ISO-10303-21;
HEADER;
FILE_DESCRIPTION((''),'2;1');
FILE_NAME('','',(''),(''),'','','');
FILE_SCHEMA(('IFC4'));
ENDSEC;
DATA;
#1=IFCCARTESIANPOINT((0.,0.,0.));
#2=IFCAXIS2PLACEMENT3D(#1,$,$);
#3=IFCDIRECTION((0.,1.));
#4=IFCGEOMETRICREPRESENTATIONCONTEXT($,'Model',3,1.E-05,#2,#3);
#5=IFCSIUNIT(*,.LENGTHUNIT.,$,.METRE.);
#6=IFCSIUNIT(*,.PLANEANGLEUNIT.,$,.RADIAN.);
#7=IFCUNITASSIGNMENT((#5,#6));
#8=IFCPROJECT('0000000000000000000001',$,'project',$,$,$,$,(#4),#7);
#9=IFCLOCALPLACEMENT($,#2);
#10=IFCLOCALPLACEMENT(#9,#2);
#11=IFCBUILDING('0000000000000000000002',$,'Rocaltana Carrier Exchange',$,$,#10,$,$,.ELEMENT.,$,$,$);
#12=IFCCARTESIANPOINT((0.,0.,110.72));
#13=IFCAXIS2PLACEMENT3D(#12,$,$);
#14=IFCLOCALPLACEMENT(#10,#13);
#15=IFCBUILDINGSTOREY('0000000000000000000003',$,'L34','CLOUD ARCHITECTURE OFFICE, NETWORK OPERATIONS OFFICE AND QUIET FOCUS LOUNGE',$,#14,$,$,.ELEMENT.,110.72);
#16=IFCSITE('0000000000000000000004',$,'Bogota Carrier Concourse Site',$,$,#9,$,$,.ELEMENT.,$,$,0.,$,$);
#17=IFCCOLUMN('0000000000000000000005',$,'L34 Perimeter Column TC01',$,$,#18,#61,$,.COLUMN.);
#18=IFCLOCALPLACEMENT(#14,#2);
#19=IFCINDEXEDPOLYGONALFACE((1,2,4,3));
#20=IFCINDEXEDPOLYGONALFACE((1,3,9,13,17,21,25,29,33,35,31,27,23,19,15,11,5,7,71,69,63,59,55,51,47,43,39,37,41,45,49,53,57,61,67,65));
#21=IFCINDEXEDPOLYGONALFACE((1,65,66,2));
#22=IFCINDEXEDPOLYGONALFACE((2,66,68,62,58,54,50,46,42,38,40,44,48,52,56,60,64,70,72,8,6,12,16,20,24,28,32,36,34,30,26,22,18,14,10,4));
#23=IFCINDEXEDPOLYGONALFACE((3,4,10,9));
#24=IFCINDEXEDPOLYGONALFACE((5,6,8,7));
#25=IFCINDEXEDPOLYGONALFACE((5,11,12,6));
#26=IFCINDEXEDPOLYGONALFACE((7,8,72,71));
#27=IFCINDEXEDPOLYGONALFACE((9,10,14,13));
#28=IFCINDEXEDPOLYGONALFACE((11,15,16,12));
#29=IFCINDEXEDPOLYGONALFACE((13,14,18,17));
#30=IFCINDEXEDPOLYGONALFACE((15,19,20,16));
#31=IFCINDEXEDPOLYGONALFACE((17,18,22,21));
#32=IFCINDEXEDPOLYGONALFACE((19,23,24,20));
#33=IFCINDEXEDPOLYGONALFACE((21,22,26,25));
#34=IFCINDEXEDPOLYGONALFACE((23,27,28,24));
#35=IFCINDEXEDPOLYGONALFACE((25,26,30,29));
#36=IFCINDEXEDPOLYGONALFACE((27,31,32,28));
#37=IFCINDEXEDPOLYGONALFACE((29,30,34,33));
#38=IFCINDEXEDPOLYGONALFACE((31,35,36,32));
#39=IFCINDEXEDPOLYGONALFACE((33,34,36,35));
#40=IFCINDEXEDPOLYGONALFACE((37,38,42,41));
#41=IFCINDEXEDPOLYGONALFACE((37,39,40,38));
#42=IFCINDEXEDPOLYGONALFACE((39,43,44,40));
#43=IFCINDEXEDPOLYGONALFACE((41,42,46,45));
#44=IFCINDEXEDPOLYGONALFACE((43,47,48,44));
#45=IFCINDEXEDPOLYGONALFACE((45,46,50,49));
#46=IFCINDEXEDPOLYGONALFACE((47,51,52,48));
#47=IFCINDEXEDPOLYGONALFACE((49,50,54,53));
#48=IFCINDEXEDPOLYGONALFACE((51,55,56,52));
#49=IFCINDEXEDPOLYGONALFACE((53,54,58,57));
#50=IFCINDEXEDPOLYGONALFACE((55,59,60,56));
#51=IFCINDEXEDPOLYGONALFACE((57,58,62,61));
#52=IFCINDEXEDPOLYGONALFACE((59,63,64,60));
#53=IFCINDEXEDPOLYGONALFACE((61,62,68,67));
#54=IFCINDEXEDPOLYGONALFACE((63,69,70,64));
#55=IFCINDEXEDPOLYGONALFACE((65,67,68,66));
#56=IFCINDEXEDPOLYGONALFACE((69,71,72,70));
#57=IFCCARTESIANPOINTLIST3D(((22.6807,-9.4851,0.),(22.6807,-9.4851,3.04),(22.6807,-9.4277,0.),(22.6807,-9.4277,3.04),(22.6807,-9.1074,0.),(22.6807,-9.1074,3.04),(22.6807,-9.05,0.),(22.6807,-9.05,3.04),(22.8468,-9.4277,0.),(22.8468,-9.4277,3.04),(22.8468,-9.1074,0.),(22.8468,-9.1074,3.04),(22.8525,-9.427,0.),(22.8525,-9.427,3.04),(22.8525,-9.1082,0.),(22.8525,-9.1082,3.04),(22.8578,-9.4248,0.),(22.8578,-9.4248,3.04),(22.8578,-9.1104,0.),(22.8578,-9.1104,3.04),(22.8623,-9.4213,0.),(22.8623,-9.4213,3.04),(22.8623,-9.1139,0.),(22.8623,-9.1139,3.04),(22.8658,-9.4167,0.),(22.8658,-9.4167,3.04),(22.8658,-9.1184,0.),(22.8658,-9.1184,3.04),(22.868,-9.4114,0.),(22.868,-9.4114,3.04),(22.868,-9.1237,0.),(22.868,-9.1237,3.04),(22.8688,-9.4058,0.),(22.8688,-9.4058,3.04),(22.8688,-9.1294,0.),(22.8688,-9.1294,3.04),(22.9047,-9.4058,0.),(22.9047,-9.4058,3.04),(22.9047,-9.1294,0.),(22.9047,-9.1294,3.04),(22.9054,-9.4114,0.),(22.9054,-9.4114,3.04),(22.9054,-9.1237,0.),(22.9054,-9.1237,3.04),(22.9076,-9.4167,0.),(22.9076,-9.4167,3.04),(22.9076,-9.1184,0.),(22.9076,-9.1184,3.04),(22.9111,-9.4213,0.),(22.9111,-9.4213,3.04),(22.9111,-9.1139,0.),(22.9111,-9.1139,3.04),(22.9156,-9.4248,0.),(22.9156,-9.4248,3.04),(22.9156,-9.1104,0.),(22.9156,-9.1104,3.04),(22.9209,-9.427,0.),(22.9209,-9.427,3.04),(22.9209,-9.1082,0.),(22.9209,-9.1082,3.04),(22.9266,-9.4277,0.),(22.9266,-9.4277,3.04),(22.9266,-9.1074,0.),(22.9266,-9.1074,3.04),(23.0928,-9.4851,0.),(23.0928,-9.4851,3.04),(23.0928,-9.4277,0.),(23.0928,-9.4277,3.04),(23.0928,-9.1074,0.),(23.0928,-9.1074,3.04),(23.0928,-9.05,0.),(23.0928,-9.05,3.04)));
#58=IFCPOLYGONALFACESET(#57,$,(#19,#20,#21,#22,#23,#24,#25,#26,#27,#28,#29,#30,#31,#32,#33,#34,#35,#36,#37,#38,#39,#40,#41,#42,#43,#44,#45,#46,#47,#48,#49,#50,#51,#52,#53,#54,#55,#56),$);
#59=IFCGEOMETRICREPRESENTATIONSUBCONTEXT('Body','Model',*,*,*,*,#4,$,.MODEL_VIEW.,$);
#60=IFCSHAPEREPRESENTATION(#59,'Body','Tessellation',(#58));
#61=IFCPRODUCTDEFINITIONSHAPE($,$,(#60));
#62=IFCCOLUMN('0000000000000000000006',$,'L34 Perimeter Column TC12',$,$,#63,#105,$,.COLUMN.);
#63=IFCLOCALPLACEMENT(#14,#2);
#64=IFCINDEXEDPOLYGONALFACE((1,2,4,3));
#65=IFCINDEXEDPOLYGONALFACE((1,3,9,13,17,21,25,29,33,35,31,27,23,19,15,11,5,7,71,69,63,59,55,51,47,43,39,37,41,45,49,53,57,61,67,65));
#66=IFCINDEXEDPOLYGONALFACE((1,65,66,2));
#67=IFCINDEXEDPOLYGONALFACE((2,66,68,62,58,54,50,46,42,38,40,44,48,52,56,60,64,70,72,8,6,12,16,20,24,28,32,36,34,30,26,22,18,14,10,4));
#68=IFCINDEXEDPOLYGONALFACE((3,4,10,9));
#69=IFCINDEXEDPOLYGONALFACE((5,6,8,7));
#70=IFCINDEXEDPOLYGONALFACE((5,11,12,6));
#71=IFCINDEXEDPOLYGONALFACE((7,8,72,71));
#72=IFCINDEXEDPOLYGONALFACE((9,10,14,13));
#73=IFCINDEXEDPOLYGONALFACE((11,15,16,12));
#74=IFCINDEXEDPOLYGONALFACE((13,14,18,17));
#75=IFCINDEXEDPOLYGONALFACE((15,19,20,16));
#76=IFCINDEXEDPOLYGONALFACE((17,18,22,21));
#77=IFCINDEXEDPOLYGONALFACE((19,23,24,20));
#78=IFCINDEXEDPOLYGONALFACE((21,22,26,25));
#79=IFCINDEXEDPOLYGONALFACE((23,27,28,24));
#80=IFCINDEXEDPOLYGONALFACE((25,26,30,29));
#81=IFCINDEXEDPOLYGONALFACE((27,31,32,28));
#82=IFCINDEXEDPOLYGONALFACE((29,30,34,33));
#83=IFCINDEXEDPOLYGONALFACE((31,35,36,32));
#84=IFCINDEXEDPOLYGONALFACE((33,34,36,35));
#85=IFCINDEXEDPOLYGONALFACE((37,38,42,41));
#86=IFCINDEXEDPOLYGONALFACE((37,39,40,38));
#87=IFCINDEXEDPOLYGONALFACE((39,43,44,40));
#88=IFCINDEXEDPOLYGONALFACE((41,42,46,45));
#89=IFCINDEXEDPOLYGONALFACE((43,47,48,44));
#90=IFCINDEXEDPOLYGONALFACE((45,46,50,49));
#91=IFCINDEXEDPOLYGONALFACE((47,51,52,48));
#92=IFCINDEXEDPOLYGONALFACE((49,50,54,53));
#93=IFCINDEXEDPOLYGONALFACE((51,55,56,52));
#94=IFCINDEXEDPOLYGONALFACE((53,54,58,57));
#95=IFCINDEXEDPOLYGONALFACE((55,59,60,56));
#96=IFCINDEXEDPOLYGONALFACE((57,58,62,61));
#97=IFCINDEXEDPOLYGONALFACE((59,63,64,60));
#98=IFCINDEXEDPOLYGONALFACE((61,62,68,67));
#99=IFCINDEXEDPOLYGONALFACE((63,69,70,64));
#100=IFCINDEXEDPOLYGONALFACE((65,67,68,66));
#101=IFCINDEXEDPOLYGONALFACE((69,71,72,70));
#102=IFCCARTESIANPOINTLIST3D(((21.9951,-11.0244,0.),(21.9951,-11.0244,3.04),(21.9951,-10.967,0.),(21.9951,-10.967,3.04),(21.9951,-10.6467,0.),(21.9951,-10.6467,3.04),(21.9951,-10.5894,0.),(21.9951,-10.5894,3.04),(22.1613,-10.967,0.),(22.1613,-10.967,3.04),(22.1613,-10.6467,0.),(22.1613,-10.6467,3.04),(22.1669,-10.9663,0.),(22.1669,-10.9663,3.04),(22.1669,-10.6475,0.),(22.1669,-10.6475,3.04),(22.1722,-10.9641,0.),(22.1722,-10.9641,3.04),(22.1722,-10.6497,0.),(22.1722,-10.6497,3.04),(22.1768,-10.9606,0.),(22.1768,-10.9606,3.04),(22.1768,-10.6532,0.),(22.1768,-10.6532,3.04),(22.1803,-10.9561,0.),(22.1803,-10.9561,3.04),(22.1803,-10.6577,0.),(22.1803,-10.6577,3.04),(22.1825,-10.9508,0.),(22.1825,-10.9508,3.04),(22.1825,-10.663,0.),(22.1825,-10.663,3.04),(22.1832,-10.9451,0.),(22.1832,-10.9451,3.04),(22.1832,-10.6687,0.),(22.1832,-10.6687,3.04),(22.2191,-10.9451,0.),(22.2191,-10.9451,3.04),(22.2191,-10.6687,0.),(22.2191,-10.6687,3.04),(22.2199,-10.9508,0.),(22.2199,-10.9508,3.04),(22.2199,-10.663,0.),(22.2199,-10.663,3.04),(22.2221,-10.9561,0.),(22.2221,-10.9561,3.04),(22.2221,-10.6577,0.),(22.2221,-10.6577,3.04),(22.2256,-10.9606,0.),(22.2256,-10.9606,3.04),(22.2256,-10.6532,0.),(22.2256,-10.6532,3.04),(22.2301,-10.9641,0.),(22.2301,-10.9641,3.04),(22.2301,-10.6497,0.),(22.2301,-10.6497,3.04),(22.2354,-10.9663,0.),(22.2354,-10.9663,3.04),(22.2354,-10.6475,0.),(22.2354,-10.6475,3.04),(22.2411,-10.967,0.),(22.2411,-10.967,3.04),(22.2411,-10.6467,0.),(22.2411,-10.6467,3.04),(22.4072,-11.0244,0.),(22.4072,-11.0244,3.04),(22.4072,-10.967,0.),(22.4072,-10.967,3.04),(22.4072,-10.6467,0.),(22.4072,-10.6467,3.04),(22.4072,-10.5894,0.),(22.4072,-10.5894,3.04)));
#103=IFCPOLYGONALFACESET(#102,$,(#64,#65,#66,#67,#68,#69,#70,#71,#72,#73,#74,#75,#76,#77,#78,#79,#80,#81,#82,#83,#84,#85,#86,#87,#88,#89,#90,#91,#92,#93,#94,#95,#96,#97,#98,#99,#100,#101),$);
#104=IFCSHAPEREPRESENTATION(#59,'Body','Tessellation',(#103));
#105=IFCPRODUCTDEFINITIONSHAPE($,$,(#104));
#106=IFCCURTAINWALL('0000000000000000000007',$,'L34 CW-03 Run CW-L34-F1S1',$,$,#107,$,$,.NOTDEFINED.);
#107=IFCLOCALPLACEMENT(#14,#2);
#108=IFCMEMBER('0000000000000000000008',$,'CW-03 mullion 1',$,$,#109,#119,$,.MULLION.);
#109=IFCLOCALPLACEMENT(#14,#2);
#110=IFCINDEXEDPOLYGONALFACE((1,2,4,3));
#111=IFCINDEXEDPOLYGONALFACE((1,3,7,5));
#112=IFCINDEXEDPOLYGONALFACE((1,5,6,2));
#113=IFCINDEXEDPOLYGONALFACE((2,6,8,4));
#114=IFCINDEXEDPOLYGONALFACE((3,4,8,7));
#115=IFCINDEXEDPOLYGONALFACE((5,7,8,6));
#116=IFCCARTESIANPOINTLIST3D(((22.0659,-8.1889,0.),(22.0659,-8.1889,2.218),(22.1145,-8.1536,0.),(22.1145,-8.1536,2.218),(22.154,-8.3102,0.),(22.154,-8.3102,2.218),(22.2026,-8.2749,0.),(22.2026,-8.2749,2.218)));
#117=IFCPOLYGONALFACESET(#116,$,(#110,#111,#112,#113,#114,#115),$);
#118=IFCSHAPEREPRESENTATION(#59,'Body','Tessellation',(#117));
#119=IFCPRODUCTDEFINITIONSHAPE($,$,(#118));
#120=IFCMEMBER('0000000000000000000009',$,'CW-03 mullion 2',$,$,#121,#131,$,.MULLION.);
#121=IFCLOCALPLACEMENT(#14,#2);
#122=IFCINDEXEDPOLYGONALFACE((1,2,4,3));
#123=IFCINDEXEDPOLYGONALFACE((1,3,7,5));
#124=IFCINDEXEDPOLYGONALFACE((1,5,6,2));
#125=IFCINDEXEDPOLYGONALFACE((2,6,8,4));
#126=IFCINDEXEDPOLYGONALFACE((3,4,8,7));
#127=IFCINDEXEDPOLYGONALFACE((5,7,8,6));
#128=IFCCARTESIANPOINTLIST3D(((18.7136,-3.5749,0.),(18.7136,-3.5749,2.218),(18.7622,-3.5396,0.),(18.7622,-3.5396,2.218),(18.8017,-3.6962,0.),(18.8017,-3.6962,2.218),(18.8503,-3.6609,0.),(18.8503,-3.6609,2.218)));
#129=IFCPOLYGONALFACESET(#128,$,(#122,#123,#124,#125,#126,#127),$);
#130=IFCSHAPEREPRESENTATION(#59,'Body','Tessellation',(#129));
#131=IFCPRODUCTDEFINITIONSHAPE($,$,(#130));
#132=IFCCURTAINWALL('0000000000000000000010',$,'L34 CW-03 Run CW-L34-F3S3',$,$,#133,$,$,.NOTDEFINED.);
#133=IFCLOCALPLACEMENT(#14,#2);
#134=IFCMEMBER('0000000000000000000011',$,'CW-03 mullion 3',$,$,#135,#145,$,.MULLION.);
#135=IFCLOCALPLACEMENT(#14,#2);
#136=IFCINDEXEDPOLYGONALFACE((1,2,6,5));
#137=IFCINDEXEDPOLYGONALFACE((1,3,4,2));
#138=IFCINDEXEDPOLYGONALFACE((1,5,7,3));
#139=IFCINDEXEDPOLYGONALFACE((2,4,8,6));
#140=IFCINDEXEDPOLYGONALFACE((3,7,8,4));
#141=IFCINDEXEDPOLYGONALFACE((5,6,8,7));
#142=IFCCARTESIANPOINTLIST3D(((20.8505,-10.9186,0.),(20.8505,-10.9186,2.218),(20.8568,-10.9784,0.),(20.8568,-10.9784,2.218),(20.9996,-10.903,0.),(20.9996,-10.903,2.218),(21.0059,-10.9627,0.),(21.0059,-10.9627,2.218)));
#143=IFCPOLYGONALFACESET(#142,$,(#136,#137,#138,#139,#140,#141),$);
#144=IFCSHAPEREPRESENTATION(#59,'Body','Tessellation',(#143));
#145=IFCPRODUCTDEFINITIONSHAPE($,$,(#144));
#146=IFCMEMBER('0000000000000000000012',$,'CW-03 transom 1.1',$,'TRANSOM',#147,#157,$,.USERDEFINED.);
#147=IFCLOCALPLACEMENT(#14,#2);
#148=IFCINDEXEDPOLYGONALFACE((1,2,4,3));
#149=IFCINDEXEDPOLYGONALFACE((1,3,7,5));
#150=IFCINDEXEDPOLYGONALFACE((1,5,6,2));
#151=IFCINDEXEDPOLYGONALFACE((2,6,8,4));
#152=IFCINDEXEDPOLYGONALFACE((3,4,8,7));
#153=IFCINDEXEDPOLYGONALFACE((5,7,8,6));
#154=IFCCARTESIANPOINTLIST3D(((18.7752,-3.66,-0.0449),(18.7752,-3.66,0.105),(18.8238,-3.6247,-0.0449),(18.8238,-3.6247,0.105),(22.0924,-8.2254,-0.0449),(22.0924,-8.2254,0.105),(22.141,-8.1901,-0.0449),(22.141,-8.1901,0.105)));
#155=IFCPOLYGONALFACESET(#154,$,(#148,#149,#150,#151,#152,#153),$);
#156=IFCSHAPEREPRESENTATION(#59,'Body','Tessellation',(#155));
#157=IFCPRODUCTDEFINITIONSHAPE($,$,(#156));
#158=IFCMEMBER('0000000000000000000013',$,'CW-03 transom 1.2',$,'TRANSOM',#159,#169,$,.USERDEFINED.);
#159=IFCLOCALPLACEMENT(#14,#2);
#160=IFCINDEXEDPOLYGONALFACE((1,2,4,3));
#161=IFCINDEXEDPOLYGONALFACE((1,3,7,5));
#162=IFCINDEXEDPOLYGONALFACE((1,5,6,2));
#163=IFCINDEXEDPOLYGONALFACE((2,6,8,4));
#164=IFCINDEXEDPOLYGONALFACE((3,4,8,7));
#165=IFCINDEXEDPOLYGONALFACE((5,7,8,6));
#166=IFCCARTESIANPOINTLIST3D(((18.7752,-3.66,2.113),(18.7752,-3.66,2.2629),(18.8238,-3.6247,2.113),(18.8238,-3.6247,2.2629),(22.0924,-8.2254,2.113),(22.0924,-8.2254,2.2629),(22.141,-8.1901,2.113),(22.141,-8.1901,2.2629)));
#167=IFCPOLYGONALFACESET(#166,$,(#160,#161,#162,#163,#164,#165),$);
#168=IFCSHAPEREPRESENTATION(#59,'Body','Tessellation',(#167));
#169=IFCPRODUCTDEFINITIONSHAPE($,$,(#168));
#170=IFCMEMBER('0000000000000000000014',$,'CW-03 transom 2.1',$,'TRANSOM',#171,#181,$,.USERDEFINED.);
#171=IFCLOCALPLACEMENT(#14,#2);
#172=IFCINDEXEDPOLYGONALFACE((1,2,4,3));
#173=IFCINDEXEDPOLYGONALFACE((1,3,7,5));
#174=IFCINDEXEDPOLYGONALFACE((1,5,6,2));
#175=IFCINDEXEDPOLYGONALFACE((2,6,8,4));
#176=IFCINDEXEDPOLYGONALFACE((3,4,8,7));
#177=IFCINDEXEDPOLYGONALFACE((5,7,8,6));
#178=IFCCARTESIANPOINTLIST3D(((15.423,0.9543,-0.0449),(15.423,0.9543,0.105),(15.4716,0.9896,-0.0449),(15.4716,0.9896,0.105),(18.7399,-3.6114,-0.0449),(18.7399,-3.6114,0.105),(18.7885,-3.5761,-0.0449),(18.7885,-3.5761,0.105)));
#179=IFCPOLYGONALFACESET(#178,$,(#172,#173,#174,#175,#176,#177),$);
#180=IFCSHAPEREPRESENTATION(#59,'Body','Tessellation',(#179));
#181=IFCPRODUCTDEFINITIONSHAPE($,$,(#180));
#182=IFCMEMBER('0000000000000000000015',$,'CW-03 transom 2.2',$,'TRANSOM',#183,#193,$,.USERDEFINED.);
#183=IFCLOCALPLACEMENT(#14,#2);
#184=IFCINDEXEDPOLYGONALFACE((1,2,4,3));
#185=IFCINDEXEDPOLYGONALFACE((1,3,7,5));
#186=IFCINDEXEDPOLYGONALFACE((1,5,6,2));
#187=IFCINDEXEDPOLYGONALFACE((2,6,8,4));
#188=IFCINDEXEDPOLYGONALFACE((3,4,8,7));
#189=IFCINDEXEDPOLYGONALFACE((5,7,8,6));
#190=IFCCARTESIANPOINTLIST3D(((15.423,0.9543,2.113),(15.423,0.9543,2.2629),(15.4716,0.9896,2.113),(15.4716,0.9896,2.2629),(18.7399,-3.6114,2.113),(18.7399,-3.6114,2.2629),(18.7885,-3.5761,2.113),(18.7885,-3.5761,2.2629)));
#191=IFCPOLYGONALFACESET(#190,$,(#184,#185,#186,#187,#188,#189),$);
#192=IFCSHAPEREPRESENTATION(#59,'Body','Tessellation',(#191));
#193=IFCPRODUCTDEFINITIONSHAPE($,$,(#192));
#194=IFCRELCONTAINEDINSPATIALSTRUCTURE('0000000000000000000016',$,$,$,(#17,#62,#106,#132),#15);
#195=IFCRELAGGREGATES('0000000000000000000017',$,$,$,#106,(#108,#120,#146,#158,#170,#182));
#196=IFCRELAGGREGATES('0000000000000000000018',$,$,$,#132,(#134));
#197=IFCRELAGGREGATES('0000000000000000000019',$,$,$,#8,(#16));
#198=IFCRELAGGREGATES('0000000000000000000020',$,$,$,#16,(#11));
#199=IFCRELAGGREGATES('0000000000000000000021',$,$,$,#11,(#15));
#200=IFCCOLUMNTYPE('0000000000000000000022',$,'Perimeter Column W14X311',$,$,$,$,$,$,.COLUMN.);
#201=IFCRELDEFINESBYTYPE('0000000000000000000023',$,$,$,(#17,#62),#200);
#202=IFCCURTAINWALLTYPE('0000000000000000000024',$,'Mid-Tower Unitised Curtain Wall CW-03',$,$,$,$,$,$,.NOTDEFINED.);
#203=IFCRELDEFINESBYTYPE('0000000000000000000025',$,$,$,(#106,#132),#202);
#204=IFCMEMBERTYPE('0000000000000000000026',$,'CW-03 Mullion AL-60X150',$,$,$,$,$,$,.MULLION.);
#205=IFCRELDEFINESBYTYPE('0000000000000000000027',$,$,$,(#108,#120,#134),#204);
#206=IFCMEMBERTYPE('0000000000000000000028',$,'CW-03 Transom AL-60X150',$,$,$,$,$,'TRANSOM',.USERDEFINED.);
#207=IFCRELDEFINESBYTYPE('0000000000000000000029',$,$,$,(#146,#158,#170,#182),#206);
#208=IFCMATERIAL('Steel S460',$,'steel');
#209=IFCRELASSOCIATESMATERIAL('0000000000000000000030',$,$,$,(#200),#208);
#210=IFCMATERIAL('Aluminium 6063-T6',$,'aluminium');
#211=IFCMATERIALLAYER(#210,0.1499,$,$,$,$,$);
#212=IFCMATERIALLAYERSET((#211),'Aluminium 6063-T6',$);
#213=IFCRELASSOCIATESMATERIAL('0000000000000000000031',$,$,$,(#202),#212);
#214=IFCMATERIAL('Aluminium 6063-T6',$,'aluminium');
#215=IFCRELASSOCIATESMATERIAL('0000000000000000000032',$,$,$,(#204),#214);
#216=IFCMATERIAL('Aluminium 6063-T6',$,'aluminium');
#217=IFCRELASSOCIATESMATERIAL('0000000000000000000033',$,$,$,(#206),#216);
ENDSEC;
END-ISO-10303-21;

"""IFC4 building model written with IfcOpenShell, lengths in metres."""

from ifc_helpers import new_model, si_unit, direction, frame, origin, origin_2d, place, context, subcontext, project, spatial, rectangle, i_section, extrude, material, layer, layer_set, material_profile, profile_set, type_object, element, aggregate, save


model = new_model("IFC4")

# Units and contexts
model_context = context("Model", 3, precision=1e-05, world=origin(), true_north=direction((0.0, 1.0)))
body_context = subcontext(model_context, "Body", "Model", "MODEL_VIEW")
ifc_project = project(units=[si_unit("LENGTHUNIT", "METRE"), si_unit("PLANEANGLEUNIT", "RADIAN")], contexts=[model_context])

# Site, building, storey
site_placement = place(None, origin())
site = spatial("IfcSite", under=ifc_project, at=site_placement, Name="Bogota Carrier Concourse Site", CompositionType="ELEMENT", RefElevation=0.0)
building_placement = place(site_placement, origin())
building = spatial("IfcBuilding", under=site, at=building_placement, Name="Rocaltana Carrier Exchange", CompositionType="ELEMENT")
storey_placement = place(building_placement, frame((0.0, 0.0, 110.72)))
storey = spatial("IfcBuildingStorey", under=building, at=storey_placement, Name="L34", Description="CLOUD ARCHITECTURE OFFICE, NETWORK OPERATIONS OFFICE AND QUIET FOCUS LOUNGE", CompositionType="ELEMENT", Elevation=110.72)

# Columns
ifc_material_1 = material(Name="Steel S460", Category="steel")
ifc_material_profile_1 = material_profile(ifc_material_1, i_section(OverallWidth=0.4121, OverallDepth=0.4351, WebThickness=0.0359, FlangeThickness=0.0574, FilletRadius=0.022, at=origin_2d()), Name="W14X311")
ifc_profile_set_1 = profile_set([ifc_material_profile_1], Name="Steel S460")
column_type = type_object("IfcColumnType", Name="Perimeter Column W14X311", PredefinedType="COLUMN", material=ifc_profile_set_1)
for number, where, z_axis, x_axis, name in (
    (1, (22.8867, -9.2676, 0.0), (0.0, 0.0, 1.0), (1.0, 0.0, 0.0), "L34 Perimeter Column TC01"),
    (2, (22.2012, -10.8069, 0.0), (0.0, 0.0, 1.0), (1.0, 0.0, 0.0), "L34 Perimeter Column TC12"),
):
    element("IfcColumn", number, at=place(storey_placement, frame(where, z_axis=z_axis, x_axis=x_axis)), inside=storey, type_object=column_type, Name=name, PredefinedType="COLUMN", context=body_context, shape_type="SweptSolid", body=[
        extrude(i_section(OverallWidth=0.4121, OverallDepth=0.4351, WebThickness=0.0359, FlangeThickness=0.0574, FilletRadius=0.022, at=origin_2d()), origin(), (0.0, 0.0, 1.0), 3.04),
    ])

# Curtain wall, members
ifc_material_2 = material(Name="Aluminium 6063-T6", Category="aluminium")
ifc_layer_1 = layer(ifc_material_2, 0.1499)
ifc_layer_set_1 = layer_set([ifc_layer_1], Name="Aluminium 6063-T6")
curtain_wall_type = type_object("IfcCurtainWallType", Name="Mid-Tower Unitised Curtain Wall CW-03", PredefinedType="NOTDEFINED", material=ifc_layer_set_1)
curtain_wall_1_placement = place(storey_placement, origin())
curtain_wall_1 = element("IfcCurtainWall", 3, at=curtain_wall_1_placement, inside=storey, type_object=curtain_wall_type, Name="L34 CW-03 Run CW-L34-F1S1", PredefinedType="NOTDEFINED")
ifc_material_3 = material(Name="Aluminium 6063-T6", Category="aluminium")
ifc_material_profile_2 = material_profile(ifc_material_3, rectangle(XDim=0.0601, YDim=0.1499, at=origin_2d()), Name="AL-60X150")
ifc_profile_set_2 = profile_set([ifc_material_profile_2], Name="Aluminium 6063-T6")
member_type_1 = type_object("IfcMemberType", Name="CW-03 Mullion AL-60X150", PredefinedType="MULLION", material=ifc_profile_set_2)
member_1_placement = place(storey_placement, frame((22.1343, -8.2319, 0.0), z_axis=(0.0, 0.0, 1.0), x_axis=(-0.809014, -0.58779, 0.0)))
member_1 = element("IfcMember", 4, at=member_1_placement, type_object=member_type_1, Name="CW-03 mullion 1", PredefinedType="MULLION", context=body_context, shape_type="SweptSolid", body=[
    extrude(rectangle(XDim=0.0601, YDim=0.1499, at=origin_2d()), origin(), (0.0, 0.0, 1.0), 2.218),
])
member_2_placement = place(storey_placement, frame((18.782, -3.6179, 0.0), z_axis=(0.0, 0.0, 1.0), x_axis=(-0.809014, -0.58779, 0.0)))
member_2 = element("IfcMember", 5, at=member_2_placement, type_object=member_type_1, Name="CW-03 mullion 2", PredefinedType="MULLION", context=body_context, shape_type="SweptSolid", body=[
    extrude(rectangle(XDim=0.0601, YDim=0.1499, at=origin_2d()), origin(), (0.0, 0.0, 1.0), 2.218),
])

# Curtain wall, member
curtain_wall_2_placement = place(storey_placement, origin())
curtain_wall_2 = element("IfcCurtainWall", 6, at=curtain_wall_2_placement, inside=storey, type_object=curtain_wall_type, Name="L34 CW-03 Run CW-L34-F3S3", PredefinedType="NOTDEFINED")
member_3_placement = place(storey_placement, frame((20.9282, -10.9407, 0.0), z_axis=(0.0, 0.0, 1.0), x_axis=(-0.104522, 0.994523, 0.0)))
member_3 = element("IfcMember", 7, at=member_3_placement, type_object=member_type_1, Name="CW-03 mullion 3", PredefinedType="MULLION", context=body_context, shape_type="SweptSolid", body=[
    extrude(rectangle(XDim=0.0601, YDim=0.1499, at=origin_2d()), origin(), (0.0, 0.0, 1.0), 2.218),
])

# Members
ifc_material_4 = material(Name="Aluminium 6063-T6", Category="aluminium")
ifc_material_profile_3 = material_profile(ifc_material_4, rectangle(XDim=0.0601, YDim=0.1499, at=origin_2d()), Name="AL-60X150")
ifc_profile_set_3 = profile_set([ifc_material_profile_3], Name="Aluminium 6063-T6")
member_type_2 = type_object("IfcMemberType", Name="CW-03 Transom AL-60X150", ElementType="TRANSOM", PredefinedType="USERDEFINED", material=ifc_profile_set_3)
member_4_placement = place(storey_placement, frame((22.1167, -8.2078, 0.03), z_axis=(-0.587804, 0.809004, 0.0), x_axis=(-0.809004, -0.587804, 0.0)))
member_4 = element("IfcMember", 8, at=member_4_placement, type_object=member_type_2, Name="CW-03 transom 1.1", ObjectType="TRANSOM", PredefinedType="USERDEFINED", context=body_context, shape_type="SweptSolid", body=[
    extrude(rectangle(XDim=0.0601, YDim=0.1499, at=origin_2d()), origin(), (0.0, 0.0, 1.0), 5.6433),
])
member_5_placement = place(storey_placement, frame((22.1167, -8.2078, 2.188), z_axis=(-0.587804, 0.809004, 0.0), x_axis=(-0.809004, -0.587804, 0.0)))
member_5 = element("IfcMember", 9, at=member_5_placement, type_object=member_type_2, Name="CW-03 transom 1.2", ObjectType="TRANSOM", PredefinedType="USERDEFINED", context=body_context, shape_type="SweptSolid", body=[
    extrude(rectangle(XDim=0.0601, YDim=0.1499, at=origin_2d()), origin(), (0.0, 0.0, 1.0), 5.6433),
])
member_6_placement = place(storey_placement, frame((18.7642, -3.5938, 0.03), z_axis=(-0.587755, 0.809039, 0.0), x_axis=(-0.809039, -0.587755, 0.0)))
member_6 = element("IfcMember", 10, at=member_6_placement, type_object=member_type_2, Name="CW-03 transom 2.1", ObjectType="TRANSOM", PredefinedType="USERDEFINED", context=body_context, shape_type="SweptSolid", body=[
    extrude(rectangle(XDim=0.0601, YDim=0.1499, at=origin_2d()), origin(), (0.0, 0.0, 1.0), 5.6433),
])
member_7_placement = place(storey_placement, frame((18.7642, -3.5938, 2.188), z_axis=(-0.587755, 0.809039, 0.0), x_axis=(-0.809039, -0.587755, 0.0)))
member_7 = element("IfcMember", 11, at=member_7_placement, type_object=member_type_2, Name="CW-03 transom 2.2", ObjectType="TRANSOM", PredefinedType="USERDEFINED", context=body_context, shape_type="SweptSolid", body=[
    extrude(rectangle(XDim=0.0601, YDim=0.1499, at=origin_2d()), origin(), (0.0, 0.0, 1.0), 5.6433),
])

aggregate(curtain_wall_1, [member_1, member_2, member_4, member_5, member_6, member_7])
aggregate(curtain_wall_2, [member_3])

save(model, "model.ifc")
